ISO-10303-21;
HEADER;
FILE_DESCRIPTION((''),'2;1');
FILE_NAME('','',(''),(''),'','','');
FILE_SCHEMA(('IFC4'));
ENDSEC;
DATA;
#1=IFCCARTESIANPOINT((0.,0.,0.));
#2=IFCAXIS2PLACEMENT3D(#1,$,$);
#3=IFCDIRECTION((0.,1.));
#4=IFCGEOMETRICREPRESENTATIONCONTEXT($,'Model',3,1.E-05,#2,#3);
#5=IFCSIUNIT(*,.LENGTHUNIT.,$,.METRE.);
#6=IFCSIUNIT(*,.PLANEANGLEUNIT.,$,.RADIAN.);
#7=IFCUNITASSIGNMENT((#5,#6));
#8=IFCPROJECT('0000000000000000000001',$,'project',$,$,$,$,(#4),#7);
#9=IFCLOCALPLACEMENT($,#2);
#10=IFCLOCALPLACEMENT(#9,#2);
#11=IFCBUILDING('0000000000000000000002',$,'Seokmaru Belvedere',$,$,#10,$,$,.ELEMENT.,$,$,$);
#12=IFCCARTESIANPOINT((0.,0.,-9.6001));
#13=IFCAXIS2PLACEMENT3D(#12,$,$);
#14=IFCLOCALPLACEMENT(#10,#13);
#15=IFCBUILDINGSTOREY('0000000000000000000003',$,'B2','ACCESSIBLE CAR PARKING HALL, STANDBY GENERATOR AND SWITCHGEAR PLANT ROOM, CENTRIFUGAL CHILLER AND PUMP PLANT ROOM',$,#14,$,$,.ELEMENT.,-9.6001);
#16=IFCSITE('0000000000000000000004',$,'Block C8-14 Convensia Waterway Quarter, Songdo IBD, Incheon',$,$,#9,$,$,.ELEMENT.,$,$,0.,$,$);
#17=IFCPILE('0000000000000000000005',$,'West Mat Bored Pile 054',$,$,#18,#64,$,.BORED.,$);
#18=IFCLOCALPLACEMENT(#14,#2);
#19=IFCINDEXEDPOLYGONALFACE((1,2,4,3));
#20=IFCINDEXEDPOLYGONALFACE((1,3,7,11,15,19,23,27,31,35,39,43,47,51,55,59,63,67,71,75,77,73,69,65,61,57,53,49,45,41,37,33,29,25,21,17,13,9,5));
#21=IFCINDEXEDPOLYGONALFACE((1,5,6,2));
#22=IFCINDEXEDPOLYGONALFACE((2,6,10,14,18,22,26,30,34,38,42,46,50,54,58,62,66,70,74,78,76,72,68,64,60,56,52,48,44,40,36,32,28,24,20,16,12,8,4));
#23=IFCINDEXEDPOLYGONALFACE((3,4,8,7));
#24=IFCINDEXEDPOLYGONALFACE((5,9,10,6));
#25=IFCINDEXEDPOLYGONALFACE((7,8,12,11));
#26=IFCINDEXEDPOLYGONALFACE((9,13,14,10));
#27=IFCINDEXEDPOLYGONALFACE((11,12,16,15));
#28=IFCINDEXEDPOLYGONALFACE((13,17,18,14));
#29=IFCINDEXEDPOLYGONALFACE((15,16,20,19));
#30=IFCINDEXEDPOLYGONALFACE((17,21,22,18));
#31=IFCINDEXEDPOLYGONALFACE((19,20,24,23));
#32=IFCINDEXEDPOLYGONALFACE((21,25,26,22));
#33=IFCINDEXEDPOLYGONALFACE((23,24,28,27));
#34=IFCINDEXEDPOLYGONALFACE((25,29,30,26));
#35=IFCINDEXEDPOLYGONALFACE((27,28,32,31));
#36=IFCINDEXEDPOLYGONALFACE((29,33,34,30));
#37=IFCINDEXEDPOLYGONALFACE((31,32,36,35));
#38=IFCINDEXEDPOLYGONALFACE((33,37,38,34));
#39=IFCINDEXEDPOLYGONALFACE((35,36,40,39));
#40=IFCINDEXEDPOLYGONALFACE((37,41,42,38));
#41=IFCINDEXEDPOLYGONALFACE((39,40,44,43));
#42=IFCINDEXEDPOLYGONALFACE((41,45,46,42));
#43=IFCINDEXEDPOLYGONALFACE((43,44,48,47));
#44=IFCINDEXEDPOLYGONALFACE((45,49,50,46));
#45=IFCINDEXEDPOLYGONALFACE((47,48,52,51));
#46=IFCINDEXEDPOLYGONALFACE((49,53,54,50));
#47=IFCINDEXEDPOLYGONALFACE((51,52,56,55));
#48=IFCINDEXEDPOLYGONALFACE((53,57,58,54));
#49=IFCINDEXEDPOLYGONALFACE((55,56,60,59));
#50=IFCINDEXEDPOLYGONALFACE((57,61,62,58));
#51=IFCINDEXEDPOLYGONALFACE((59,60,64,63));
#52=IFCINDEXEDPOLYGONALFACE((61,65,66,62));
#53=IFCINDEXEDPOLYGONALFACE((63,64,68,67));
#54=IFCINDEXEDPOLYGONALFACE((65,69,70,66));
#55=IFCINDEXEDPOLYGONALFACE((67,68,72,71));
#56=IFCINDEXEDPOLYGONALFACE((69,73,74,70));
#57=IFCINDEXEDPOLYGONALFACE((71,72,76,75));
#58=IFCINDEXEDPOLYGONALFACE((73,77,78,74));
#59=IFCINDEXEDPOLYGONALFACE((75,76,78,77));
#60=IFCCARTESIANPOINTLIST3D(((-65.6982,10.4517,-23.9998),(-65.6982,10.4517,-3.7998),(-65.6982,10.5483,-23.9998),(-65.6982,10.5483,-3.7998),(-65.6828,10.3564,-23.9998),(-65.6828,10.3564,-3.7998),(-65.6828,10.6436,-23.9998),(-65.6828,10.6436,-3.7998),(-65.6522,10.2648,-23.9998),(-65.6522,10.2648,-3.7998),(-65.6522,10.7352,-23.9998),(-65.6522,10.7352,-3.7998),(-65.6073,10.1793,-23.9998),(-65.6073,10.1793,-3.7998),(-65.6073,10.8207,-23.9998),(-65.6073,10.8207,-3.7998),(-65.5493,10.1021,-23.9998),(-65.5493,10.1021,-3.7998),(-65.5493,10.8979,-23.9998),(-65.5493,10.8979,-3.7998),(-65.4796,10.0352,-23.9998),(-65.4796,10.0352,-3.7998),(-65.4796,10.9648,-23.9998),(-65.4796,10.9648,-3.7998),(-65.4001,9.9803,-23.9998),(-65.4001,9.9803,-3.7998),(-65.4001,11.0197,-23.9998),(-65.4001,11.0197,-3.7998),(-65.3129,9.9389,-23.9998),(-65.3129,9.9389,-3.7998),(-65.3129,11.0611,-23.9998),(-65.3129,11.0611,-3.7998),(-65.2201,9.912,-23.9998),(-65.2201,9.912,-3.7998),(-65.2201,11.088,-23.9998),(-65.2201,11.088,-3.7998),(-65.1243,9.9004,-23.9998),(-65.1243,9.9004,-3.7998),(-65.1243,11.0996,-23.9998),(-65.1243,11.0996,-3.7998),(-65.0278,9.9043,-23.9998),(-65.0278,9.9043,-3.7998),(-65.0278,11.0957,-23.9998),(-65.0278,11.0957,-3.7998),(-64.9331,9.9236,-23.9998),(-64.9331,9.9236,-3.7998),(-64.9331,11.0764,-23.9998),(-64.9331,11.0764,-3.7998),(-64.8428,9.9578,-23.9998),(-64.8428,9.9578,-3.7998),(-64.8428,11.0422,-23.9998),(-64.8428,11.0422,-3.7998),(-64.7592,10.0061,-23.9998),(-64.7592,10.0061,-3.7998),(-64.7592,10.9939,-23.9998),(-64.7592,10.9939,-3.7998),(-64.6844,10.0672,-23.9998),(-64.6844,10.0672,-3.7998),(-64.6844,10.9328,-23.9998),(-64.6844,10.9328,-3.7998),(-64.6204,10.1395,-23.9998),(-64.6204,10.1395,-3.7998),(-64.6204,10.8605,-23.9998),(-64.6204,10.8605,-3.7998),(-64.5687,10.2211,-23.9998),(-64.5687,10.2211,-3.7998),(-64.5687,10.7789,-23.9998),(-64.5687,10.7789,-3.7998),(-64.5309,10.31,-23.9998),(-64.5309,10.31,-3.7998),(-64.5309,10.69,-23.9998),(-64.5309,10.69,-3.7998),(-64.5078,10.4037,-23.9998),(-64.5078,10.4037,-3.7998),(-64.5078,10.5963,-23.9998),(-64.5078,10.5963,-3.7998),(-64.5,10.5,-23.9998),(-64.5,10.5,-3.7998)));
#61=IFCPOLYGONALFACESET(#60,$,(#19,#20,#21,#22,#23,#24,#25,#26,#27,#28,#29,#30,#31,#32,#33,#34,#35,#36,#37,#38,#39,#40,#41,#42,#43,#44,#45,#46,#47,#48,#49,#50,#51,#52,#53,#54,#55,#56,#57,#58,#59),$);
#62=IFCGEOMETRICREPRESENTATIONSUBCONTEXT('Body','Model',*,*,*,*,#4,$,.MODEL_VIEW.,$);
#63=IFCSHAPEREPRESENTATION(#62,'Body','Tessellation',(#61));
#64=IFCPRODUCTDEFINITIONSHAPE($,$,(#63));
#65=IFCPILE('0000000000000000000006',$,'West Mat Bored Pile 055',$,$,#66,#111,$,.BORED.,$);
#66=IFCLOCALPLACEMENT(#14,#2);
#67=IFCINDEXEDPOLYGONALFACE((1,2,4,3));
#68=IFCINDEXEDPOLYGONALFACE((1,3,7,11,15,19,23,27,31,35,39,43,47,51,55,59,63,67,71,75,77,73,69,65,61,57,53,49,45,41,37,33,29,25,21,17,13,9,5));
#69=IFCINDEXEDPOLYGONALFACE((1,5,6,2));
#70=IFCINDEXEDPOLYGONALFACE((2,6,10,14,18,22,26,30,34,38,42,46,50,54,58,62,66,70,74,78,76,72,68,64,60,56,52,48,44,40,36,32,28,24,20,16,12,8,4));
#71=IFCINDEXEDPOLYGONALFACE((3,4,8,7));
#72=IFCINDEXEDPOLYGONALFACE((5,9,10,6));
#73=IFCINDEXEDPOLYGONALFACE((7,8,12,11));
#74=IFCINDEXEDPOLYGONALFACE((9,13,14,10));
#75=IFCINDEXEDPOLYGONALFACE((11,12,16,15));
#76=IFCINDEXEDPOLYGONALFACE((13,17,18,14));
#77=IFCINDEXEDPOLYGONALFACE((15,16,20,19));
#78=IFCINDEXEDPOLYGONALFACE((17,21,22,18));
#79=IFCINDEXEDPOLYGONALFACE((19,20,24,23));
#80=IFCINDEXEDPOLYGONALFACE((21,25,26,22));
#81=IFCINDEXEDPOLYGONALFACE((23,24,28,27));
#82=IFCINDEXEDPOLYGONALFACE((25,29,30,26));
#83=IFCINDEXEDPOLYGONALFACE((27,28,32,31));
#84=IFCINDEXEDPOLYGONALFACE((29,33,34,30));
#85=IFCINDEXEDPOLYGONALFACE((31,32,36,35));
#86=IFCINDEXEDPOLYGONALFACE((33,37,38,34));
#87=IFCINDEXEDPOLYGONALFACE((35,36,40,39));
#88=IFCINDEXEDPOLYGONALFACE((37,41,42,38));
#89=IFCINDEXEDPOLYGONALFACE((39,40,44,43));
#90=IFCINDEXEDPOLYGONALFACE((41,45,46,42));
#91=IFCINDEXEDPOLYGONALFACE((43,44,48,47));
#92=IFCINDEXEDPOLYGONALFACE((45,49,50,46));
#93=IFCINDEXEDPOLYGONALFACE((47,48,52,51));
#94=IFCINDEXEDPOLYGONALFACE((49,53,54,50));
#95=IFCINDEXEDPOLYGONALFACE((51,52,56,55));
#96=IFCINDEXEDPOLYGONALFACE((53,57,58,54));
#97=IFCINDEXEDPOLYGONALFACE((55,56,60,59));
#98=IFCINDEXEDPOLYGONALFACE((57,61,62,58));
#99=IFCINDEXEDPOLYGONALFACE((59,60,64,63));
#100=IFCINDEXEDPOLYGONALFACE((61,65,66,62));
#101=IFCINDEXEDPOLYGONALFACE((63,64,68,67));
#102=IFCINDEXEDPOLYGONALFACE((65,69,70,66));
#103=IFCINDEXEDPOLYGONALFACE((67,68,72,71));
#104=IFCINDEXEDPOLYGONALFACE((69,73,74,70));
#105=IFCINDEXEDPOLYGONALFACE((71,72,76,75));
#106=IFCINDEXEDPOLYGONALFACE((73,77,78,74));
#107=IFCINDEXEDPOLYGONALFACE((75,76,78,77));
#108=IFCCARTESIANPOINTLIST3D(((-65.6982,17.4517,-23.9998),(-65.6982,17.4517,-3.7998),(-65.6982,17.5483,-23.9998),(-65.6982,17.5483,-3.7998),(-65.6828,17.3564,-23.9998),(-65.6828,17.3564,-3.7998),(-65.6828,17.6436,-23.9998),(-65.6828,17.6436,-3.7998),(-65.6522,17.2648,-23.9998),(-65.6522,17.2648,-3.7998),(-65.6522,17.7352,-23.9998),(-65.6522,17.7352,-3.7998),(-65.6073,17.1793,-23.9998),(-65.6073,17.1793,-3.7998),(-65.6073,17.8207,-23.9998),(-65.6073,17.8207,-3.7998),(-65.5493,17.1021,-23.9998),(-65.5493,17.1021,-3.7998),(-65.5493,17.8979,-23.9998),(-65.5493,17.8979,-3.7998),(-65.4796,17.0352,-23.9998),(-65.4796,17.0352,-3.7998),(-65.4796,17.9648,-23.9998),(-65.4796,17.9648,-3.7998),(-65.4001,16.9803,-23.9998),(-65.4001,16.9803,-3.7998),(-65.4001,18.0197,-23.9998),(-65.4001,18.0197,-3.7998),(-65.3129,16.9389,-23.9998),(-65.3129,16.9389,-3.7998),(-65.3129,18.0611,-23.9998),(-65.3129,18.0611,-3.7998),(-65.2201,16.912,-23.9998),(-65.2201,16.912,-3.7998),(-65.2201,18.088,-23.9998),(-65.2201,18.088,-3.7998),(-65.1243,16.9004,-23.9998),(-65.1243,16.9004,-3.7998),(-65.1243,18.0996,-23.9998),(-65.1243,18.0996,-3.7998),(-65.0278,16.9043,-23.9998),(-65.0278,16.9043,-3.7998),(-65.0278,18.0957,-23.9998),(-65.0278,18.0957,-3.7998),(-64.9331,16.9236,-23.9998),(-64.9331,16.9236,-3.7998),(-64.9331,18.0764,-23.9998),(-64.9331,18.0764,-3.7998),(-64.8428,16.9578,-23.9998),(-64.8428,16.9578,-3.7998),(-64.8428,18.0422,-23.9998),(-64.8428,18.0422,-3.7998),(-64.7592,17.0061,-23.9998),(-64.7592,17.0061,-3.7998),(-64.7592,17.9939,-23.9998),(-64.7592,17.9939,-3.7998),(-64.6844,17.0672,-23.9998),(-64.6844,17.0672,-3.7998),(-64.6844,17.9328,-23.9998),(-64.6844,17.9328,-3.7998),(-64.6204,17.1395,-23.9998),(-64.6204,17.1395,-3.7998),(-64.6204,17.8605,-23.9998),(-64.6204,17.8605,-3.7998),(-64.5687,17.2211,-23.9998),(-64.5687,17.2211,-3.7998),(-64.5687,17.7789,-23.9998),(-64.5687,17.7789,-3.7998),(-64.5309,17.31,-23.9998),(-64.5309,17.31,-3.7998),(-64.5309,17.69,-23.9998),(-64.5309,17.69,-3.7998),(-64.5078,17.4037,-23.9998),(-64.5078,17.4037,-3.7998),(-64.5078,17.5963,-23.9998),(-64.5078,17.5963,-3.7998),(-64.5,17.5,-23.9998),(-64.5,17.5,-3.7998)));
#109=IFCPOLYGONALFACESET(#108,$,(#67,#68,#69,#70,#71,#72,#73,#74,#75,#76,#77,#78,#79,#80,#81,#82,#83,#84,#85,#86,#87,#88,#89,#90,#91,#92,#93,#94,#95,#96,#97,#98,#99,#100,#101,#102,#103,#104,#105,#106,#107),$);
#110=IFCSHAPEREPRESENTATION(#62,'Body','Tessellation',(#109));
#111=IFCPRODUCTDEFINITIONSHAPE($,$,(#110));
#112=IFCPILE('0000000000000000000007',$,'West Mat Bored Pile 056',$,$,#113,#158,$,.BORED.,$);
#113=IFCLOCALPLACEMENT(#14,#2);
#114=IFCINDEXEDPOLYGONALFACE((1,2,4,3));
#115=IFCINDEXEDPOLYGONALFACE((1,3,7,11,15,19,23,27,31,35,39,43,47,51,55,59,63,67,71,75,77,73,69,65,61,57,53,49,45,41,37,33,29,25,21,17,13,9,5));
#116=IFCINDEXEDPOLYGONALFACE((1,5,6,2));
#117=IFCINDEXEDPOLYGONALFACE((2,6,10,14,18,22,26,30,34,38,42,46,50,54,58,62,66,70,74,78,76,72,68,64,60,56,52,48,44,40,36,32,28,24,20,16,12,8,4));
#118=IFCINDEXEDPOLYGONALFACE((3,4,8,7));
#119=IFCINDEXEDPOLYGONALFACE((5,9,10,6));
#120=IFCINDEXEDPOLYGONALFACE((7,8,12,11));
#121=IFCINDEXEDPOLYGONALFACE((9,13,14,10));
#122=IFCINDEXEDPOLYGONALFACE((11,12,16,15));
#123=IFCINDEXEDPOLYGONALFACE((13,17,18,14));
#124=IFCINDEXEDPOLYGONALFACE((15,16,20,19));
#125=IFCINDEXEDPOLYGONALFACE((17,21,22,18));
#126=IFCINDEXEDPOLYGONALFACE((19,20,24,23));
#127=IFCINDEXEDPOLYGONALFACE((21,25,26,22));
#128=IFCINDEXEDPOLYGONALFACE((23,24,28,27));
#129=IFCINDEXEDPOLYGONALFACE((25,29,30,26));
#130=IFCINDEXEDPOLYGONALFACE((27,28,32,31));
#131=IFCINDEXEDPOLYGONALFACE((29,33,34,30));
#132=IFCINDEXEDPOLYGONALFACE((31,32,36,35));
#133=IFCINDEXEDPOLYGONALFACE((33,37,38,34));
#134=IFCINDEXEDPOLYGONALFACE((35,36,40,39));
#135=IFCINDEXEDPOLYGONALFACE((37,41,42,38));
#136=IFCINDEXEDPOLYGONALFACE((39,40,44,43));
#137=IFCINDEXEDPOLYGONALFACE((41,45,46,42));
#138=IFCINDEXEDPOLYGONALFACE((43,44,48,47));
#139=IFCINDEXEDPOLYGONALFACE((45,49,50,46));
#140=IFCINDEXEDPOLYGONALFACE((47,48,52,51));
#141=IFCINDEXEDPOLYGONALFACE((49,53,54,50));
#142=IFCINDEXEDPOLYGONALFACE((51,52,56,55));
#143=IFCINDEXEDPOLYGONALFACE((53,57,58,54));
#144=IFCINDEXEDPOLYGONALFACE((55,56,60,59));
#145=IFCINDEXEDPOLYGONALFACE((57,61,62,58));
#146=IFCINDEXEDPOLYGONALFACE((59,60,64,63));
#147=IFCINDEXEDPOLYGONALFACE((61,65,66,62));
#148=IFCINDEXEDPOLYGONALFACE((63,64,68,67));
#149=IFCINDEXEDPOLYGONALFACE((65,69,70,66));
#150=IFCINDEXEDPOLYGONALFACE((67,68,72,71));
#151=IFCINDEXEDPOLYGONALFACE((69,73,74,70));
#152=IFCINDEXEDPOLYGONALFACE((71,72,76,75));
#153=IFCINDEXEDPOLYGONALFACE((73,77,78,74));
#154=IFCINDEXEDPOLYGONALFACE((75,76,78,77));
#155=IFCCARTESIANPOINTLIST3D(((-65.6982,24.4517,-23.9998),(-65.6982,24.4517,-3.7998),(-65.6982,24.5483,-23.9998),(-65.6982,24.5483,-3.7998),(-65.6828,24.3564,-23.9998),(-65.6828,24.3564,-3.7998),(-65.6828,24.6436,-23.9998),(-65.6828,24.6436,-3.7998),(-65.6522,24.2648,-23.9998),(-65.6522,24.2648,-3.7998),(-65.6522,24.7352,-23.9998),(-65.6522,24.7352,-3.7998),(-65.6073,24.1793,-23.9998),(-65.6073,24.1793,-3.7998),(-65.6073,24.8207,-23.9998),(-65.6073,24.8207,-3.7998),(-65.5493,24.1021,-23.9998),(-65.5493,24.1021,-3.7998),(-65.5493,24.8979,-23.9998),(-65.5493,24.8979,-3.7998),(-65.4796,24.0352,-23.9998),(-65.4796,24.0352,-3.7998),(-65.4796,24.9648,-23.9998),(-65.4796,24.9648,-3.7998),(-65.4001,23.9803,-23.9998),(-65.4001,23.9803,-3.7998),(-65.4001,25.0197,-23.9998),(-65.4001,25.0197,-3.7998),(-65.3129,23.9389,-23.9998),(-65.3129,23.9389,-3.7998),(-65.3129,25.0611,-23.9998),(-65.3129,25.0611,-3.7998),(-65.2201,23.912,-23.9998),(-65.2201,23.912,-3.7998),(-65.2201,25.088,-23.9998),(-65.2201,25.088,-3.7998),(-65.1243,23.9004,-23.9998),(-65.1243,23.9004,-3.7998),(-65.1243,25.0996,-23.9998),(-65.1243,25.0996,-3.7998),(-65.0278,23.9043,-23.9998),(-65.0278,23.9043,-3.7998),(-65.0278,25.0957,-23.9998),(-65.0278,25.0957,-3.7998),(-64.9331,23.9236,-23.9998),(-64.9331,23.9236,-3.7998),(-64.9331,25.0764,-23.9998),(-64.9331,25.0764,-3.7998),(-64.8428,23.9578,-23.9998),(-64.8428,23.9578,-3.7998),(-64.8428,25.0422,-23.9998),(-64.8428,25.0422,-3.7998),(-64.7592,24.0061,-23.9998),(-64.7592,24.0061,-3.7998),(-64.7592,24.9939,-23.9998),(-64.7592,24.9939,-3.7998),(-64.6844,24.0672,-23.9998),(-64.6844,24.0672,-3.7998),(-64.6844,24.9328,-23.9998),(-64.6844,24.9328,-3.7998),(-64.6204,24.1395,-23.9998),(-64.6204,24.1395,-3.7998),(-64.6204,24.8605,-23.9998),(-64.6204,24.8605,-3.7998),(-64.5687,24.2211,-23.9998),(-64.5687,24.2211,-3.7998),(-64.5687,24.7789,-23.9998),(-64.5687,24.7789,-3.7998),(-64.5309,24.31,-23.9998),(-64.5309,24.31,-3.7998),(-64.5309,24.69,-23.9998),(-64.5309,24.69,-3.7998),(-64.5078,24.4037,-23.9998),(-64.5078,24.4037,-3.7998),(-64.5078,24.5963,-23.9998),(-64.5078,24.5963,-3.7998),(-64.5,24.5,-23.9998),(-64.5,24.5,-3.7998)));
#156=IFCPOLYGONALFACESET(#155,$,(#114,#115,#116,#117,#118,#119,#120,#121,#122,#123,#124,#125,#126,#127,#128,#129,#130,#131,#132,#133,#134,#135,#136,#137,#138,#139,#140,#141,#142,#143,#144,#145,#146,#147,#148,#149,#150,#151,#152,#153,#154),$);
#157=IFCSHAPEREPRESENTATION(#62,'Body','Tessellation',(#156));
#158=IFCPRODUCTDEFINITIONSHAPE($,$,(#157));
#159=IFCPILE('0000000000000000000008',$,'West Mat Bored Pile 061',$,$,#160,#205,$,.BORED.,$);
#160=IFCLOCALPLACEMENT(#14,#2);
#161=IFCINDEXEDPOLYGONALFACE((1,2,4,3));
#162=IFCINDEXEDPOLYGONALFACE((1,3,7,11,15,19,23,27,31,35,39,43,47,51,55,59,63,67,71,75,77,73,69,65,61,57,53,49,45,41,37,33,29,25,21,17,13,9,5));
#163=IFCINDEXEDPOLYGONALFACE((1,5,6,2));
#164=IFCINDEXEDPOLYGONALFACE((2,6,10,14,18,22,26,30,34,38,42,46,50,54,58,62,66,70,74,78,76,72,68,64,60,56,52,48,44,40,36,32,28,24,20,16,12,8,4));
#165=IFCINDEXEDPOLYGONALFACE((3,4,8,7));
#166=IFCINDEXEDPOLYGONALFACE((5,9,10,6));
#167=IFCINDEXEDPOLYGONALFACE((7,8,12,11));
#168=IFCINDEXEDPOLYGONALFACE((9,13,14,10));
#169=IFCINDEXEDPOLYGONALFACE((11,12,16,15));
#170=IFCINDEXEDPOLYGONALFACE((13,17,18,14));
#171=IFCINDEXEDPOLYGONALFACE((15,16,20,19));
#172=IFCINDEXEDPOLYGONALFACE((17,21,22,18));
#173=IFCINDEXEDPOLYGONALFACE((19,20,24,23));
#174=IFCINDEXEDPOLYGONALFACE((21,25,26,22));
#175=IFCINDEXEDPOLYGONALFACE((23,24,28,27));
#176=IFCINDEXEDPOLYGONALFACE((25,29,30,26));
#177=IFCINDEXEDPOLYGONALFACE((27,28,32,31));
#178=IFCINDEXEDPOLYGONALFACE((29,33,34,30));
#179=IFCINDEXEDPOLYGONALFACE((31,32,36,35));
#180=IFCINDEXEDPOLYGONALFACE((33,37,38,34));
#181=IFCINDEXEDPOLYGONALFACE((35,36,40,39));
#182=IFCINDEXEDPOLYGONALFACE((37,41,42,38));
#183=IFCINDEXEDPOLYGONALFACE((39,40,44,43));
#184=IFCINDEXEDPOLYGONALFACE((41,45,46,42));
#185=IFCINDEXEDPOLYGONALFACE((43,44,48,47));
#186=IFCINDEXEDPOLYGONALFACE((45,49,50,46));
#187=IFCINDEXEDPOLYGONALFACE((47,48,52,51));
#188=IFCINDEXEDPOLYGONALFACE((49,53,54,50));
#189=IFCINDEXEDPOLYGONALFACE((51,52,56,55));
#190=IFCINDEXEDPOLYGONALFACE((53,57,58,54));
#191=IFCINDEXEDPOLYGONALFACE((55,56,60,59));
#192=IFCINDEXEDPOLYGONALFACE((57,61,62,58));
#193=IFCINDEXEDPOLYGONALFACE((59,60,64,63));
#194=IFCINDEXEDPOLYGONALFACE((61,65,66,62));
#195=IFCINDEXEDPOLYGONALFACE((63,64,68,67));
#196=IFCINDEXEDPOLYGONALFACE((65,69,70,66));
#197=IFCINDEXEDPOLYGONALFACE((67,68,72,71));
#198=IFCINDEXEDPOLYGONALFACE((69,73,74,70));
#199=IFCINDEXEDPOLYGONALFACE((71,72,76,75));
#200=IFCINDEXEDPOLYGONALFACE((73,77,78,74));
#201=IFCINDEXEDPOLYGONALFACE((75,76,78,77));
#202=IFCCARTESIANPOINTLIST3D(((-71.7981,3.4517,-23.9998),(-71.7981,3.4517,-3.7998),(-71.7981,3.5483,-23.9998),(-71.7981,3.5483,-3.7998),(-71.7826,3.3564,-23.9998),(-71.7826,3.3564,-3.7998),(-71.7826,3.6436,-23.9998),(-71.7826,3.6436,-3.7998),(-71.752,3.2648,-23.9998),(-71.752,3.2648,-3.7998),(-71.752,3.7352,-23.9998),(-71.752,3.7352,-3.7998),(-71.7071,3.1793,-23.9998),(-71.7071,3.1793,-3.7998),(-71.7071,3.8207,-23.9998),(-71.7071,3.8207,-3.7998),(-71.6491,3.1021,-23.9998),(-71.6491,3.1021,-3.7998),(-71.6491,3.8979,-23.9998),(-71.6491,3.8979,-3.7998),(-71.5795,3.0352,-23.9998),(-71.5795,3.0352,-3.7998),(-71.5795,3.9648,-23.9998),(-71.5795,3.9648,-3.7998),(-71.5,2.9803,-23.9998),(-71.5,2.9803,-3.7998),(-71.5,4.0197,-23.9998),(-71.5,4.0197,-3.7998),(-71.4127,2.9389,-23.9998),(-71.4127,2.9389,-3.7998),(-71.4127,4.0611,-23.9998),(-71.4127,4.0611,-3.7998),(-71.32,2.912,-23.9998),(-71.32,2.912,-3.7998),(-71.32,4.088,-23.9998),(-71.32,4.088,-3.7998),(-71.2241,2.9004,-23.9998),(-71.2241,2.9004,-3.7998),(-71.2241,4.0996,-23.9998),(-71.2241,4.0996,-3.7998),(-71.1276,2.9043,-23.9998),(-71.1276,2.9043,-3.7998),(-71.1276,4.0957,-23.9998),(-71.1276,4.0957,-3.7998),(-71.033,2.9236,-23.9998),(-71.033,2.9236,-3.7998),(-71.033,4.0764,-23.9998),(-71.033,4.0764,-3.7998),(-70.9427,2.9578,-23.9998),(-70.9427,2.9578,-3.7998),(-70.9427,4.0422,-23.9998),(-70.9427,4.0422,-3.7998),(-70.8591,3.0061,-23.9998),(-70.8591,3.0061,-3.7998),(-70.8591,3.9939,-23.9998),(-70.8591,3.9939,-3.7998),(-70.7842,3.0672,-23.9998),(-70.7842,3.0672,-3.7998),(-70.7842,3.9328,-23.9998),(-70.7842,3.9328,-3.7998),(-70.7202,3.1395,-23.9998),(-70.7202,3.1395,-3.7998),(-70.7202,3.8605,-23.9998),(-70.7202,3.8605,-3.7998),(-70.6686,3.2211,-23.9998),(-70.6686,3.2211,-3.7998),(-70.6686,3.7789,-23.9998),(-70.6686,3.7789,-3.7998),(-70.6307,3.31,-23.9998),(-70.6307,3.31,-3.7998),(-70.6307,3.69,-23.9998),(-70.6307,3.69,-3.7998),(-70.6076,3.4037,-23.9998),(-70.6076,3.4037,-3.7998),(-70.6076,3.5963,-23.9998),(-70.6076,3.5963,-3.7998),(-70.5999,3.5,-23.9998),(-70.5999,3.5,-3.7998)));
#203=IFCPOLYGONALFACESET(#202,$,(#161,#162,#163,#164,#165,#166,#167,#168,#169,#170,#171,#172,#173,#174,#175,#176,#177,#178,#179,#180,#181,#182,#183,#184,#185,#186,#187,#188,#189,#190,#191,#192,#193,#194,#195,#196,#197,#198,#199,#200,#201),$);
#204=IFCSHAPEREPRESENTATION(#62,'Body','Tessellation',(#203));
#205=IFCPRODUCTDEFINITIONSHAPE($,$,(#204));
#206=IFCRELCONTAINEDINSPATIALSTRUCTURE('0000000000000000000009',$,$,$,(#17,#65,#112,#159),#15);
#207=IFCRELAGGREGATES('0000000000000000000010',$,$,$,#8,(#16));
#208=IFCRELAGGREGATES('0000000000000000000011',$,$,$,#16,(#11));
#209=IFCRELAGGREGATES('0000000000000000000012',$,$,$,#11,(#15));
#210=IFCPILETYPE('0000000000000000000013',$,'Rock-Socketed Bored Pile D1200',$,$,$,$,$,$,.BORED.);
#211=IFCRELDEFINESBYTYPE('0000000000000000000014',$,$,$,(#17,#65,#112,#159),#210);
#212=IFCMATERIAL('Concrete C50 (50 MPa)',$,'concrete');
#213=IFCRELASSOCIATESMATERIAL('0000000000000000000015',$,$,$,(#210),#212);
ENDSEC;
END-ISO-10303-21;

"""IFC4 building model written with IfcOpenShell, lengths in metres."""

from ifc_helpers import new_model, si_unit, direction, frame, origin, origin_2d, place, context, subcontext, project, spatial, circle, extrude, source, transform, mapped, material, material_profile, profile_set, type_object, type_shapes, element, save


model = new_model("IFC4")

# Units and contexts
model_context = context("Model", 3, precision=1e-05, world=origin(), true_north=direction((0.0, 1.0)))
body_context = subcontext(model_context, "Body", "Model", "MODEL_VIEW")
ifc_project = project(units=[si_unit("LENGTHUNIT", "METRE"), si_unit("PLANEANGLEUNIT", "RADIAN")], contexts=[model_context])

# Site, building, storey
site_placement = place(None, origin())
site = spatial("IfcSite", under=ifc_project, at=site_placement, Name="Block C8-14 Convensia Waterway Quarter, Songdo IBD, Incheon", CompositionType="ELEMENT", RefElevation=0.0)
building_placement = place(site_placement, origin())
building = spatial("IfcBuilding", under=site, at=building_placement, Name="Seokmaru Belvedere", CompositionType="ELEMENT")
storey_placement = place(building_placement, frame((0.0, 0.0, -9.6001)))
storey = spatial("IfcBuildingStorey", under=building, at=storey_placement, Name="B2", Description="ACCESSIBLE CAR PARKING HALL, STANDBY GENERATOR AND SWITCHGEAR PLANT ROOM, CENTRIFUGAL CHILLER AND PUMP PLANT ROOM", CompositionType="ELEMENT", Elevation=-9.6001)

# Shared definitions
ifc_material_1 = material(Name="Concrete C50 (50 MPa)", Category="concrete")

# Piles
ifc_material_profile_1 = material_profile(ifc_material_1, circle(Radius=0.6001, at=origin_2d()), Name="PILE-D1200")
ifc_profile_set_1 = profile_set([ifc_material_profile_1], Name="Concrete C50 (50 MPa)")
pile_type_1 = type_object("IfcPileType", Name="Rock-Socketed Bored Pile D1200", PredefinedType="BORED", material=ifc_profile_set_1)
shared_shape_1 = source(origin(), body_context, "Body", "SweptSolid", [
    extrude(circle(Radius=0.6001, at=origin_2d()), origin(), (0.0, 0.0, 1.0), 20.2),
])
type_shapes(pile_type_1, [shared_shape_1])
for number, where, z_axis, x_axis, name in (
    (1, (-65.1001, 10.5, -3.7998), (0.0, 0.0, -1.0), (1.0, 0.0, 0.0), "West Mat Bored Pile 054"),
    (2, (-65.1001, 17.5, -3.7998), (0.0, 0.0, -1.0), (1.0, 0.0, 0.0), "West Mat Bored Pile 055"),
    (3, (-65.1001, 24.5, -3.7998), (0.0, 0.0, -1.0), (1.0, 0.0, 0.0), "West Mat Bored Pile 056"),
    (4, (-71.2, 3.5, -3.7998), (0.0, 0.0, -1.0), (1.0, 0.0, 0.0), "West Mat Bored Pile 061"),
):
    element("IfcPile", number, at=place(storey_placement, frame(where, z_axis=z_axis, x_axis=x_axis)), inside=storey, type_object=pile_type_1, Name=name, PredefinedType="BORED", context=body_context, shape_type="MappedRepresentation", body=[
        mapped(shared_shape_1, transform((0.0, 0.0, 0.0), scale=1.0)),
    ])

save(model, "model.ifc")
